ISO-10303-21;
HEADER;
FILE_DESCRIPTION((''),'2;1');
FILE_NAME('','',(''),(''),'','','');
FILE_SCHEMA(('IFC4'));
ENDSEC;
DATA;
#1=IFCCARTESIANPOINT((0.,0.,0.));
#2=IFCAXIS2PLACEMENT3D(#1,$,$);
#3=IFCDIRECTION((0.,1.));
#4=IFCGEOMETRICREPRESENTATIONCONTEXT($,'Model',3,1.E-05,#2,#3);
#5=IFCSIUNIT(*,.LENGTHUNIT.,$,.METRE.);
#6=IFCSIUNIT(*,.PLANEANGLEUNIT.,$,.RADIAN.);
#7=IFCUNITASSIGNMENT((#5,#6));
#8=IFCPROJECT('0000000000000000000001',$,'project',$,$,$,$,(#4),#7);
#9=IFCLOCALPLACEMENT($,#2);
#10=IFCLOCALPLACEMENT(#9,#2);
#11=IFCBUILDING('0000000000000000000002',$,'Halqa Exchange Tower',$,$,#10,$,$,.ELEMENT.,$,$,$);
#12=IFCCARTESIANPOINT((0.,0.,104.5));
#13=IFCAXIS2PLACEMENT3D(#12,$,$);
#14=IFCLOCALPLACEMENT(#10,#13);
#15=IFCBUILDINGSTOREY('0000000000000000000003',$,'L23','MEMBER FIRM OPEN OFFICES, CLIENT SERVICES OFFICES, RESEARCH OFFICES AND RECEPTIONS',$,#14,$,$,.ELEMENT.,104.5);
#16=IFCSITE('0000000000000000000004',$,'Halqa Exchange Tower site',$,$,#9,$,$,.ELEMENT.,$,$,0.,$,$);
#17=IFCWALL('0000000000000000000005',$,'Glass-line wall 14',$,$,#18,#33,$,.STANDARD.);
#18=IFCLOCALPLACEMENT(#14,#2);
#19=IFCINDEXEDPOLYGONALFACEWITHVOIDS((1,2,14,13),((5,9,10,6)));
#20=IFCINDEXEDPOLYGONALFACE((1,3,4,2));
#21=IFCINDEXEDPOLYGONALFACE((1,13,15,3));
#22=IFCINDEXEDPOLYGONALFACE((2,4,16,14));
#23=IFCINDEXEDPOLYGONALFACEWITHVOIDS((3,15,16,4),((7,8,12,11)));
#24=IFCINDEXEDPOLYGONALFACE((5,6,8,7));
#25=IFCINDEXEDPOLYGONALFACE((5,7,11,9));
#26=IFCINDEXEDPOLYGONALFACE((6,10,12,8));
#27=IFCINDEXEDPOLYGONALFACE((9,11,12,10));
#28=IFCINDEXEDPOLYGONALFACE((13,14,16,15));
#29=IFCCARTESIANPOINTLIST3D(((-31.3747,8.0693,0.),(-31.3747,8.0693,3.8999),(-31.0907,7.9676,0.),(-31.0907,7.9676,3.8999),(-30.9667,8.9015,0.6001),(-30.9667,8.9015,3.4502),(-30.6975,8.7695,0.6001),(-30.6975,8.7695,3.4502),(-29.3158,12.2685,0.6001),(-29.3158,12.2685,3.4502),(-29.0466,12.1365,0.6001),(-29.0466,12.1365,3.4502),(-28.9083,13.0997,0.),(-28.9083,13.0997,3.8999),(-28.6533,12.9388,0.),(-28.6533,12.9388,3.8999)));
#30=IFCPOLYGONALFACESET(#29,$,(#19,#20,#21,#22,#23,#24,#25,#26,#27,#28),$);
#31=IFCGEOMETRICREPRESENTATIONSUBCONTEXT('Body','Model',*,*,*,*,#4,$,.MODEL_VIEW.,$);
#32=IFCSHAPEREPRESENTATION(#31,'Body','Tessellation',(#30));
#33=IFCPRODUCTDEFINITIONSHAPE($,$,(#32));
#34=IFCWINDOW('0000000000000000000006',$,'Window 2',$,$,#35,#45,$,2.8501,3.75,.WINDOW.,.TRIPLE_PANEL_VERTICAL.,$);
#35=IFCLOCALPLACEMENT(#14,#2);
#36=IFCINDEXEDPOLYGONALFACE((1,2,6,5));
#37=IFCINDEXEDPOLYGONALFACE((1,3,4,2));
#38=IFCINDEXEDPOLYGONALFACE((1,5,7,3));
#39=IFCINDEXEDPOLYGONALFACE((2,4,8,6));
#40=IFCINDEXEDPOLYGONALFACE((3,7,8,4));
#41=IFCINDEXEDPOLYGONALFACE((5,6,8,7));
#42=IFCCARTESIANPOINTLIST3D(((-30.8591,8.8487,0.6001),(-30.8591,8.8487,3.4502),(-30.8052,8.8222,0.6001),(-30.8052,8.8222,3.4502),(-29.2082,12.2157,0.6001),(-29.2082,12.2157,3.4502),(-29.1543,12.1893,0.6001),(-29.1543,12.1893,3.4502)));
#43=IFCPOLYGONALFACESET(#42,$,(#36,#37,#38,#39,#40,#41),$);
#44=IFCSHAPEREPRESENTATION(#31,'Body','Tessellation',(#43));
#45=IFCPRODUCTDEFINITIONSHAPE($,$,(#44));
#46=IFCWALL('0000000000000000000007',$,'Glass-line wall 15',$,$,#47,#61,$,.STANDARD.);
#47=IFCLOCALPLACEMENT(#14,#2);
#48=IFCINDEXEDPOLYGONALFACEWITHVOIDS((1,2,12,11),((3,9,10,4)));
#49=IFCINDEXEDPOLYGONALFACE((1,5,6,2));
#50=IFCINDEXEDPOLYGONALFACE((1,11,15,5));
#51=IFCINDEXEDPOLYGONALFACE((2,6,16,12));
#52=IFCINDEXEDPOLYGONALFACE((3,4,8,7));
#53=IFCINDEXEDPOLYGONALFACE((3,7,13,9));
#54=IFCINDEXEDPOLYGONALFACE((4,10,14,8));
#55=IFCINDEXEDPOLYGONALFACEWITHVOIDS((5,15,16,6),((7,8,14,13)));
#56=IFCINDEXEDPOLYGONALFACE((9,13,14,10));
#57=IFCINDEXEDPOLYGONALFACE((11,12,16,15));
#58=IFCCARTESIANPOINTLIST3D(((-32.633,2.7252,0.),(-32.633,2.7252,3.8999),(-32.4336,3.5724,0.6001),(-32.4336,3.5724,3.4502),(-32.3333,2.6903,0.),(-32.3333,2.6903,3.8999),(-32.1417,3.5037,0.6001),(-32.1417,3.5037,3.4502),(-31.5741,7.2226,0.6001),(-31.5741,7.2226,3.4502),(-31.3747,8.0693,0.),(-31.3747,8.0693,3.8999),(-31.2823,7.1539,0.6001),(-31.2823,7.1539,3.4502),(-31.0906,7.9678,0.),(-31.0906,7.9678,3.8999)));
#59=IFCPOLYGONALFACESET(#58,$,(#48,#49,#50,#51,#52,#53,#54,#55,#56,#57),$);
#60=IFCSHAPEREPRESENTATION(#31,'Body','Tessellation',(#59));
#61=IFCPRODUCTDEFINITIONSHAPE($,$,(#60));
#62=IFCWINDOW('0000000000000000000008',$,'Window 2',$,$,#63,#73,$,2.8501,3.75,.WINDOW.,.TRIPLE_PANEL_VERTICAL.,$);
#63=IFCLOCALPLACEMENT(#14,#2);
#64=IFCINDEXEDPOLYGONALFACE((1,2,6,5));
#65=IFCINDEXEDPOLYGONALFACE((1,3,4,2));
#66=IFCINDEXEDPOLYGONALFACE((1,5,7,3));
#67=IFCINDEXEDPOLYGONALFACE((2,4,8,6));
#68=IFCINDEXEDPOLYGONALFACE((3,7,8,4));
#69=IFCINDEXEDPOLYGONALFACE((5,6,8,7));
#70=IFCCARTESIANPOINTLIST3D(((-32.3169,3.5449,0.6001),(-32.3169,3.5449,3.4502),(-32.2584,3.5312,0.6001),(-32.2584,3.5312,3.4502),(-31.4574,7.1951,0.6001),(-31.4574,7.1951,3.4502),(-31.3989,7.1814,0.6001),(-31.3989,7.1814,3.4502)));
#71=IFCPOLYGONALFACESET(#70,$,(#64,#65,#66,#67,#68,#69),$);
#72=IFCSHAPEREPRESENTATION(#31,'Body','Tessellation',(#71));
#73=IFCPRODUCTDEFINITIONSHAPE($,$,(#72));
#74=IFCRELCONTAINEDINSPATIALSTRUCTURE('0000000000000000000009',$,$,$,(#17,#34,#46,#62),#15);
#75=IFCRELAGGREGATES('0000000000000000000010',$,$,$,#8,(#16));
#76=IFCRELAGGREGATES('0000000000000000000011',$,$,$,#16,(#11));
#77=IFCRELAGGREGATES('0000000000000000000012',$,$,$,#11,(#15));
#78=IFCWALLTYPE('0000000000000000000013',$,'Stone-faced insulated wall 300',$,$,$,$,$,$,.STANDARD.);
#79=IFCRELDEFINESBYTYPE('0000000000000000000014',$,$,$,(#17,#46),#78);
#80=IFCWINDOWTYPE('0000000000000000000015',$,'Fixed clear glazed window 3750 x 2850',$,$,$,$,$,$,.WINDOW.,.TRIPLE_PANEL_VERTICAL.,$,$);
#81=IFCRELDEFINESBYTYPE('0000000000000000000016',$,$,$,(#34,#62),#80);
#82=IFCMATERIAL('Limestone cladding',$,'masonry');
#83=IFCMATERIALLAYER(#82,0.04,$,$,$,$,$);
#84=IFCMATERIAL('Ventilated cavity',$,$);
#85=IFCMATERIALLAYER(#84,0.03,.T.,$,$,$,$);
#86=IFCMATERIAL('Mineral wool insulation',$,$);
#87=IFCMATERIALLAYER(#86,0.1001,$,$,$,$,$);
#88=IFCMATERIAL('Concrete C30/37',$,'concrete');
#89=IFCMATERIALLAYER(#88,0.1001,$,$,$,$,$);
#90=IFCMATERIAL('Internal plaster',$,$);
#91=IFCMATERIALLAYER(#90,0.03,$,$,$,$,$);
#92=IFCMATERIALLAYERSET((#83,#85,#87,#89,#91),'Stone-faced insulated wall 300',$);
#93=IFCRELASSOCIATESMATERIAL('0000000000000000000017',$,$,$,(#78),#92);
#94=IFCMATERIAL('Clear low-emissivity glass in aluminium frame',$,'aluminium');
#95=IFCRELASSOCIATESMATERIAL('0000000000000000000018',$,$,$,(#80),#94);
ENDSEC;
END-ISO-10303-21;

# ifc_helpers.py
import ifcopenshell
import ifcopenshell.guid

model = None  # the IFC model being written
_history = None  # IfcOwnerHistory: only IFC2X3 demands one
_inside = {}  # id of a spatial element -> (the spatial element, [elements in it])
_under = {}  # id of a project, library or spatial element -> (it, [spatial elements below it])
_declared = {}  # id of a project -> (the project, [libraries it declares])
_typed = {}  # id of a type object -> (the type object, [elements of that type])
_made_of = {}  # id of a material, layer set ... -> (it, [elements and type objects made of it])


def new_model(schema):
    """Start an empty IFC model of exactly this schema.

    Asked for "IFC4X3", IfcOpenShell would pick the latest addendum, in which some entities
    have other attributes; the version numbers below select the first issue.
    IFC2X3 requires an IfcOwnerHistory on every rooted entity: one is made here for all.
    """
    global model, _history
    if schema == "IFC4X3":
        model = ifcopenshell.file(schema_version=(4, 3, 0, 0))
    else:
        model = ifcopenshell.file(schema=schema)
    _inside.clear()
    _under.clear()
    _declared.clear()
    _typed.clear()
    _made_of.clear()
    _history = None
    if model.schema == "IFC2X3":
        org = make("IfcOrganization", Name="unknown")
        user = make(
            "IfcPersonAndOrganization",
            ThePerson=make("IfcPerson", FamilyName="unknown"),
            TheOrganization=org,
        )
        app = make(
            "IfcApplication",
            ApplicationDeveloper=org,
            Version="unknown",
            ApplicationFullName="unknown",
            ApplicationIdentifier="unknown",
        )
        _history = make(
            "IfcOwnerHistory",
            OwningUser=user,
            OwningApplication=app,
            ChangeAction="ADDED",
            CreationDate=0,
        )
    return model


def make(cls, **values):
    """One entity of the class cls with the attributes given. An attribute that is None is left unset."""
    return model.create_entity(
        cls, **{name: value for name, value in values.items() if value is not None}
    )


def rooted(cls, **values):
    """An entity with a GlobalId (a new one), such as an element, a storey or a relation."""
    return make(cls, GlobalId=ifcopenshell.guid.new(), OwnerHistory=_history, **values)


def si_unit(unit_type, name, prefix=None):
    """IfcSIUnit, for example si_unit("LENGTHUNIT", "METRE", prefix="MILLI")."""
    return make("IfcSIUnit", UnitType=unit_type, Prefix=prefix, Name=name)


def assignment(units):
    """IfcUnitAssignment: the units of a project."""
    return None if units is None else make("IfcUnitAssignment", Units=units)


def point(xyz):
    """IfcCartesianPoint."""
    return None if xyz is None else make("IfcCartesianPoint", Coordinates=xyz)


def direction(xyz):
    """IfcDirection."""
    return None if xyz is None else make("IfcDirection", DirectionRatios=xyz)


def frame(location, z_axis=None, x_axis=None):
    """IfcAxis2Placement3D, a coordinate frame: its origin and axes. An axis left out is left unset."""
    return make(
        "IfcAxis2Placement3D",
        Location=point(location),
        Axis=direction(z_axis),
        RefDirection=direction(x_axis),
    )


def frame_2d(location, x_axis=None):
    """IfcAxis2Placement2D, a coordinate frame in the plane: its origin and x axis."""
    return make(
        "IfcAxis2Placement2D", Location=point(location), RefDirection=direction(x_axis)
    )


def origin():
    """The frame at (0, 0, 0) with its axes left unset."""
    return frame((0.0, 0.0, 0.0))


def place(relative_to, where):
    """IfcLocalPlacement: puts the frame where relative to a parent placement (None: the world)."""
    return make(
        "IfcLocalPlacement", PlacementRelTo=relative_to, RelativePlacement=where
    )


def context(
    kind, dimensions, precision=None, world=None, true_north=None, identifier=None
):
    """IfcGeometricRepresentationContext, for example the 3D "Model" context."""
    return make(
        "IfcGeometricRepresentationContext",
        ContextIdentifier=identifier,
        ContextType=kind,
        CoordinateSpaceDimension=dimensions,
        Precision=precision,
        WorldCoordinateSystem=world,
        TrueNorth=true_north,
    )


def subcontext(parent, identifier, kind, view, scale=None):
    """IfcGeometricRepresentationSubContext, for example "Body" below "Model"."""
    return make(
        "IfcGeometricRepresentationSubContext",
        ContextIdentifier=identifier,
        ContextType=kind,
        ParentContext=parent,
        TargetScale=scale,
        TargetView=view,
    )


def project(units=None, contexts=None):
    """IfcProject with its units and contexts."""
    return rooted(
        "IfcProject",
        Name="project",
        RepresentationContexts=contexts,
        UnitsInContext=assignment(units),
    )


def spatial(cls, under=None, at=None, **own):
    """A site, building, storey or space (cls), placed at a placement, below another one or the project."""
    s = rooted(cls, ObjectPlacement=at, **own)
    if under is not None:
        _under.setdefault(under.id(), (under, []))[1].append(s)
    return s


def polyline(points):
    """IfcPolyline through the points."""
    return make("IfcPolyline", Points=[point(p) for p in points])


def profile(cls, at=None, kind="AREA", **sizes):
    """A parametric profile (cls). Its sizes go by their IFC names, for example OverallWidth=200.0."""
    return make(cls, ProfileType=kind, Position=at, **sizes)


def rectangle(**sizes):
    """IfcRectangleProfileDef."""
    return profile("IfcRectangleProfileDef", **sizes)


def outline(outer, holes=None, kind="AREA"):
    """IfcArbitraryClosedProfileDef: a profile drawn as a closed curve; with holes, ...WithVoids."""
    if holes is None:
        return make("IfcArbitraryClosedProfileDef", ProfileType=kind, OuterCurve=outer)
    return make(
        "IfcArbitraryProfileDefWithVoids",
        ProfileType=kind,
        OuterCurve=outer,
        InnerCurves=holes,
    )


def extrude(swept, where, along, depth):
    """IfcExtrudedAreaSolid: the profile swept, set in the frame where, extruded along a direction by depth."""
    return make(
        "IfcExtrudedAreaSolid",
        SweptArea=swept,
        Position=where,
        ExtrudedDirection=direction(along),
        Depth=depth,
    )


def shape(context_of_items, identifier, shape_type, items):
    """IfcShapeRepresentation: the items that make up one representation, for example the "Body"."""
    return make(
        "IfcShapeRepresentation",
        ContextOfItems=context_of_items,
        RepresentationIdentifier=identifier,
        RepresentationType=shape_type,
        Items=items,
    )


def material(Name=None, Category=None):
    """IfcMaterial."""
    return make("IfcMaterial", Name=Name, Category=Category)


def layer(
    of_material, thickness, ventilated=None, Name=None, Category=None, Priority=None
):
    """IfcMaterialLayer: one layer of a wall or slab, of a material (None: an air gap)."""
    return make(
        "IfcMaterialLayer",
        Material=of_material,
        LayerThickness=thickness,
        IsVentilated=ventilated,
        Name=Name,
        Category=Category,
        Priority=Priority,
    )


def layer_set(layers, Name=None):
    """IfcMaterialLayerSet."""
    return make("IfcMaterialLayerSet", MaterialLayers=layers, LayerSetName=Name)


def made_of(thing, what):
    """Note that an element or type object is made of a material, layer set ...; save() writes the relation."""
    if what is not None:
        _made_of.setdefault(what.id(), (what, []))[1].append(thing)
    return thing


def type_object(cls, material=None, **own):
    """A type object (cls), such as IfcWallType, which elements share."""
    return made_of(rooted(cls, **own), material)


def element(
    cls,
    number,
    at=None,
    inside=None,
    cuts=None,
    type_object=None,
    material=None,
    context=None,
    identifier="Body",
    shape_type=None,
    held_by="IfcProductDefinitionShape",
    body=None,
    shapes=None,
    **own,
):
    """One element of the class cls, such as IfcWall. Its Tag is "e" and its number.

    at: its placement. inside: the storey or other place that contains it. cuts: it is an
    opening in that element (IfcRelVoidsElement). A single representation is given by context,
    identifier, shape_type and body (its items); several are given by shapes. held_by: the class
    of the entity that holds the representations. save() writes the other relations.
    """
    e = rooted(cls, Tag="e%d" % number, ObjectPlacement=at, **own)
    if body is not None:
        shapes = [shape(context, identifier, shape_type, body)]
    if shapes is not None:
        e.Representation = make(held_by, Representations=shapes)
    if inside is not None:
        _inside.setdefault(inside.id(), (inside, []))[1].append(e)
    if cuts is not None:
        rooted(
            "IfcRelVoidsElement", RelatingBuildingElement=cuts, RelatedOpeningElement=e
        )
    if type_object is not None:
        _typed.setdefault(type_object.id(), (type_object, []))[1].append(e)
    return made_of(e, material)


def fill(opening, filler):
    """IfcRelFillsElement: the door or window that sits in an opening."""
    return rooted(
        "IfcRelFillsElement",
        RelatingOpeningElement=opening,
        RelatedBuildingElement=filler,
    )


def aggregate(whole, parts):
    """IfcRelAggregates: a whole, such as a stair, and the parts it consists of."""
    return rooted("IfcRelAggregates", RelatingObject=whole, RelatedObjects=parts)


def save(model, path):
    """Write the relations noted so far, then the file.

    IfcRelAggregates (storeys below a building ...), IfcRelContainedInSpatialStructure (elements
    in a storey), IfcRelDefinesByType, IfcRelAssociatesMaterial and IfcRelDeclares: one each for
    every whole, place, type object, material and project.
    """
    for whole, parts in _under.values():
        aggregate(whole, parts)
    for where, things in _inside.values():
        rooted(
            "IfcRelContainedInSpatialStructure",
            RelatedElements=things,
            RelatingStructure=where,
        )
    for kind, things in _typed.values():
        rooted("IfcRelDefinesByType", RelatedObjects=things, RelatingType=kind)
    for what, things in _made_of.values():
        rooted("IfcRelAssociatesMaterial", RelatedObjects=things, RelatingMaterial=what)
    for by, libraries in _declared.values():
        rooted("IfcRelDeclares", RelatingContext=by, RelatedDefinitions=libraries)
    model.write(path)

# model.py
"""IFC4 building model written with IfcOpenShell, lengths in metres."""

from ifc_helpers import new_model, si_unit, direction, frame, frame_2d, origin, place, context, subcontext, project, spatial, polyline, rectangle, outline, extrude, material, layer, layer_set, type_object, element, fill, save


model = new_model("IFC4")

# Units and contexts
model_context = context("Model", 3, precision=1e-05, world=origin(), true_north=direction((0.0, 1.0)))
body_context = subcontext(model_context, "Body", "Model", "MODEL_VIEW")
ifc_project = project(units=[si_unit("LENGTHUNIT", "METRE"), si_unit("PLANEANGLEUNIT", "RADIAN")], contexts=[model_context])

# Site, building, storey
site_placement = place(None, origin())
site = spatial("IfcSite", under=ifc_project, at=site_placement, Name="Halqa Exchange Tower site", CompositionType="ELEMENT", RefElevation=0.0)
building_placement = place(site_placement, origin())
building = spatial("IfcBuilding", under=site, at=building_placement, Name="Halqa Exchange Tower", CompositionType="ELEMENT")
storey_placement = place(building_placement, frame((0.0, 0.0, 104.5)))
storey = spatial("IfcBuildingStorey", under=building, at=storey_placement, Name="L23", Description="MEMBER FIRM OPEN OFFICES, CLIENT SERVICES OFFICES, RESEARCH OFFICES AND RECEPTIONS", CompositionType="ELEMENT", Elevation=104.5)

# Walls, openings, windows
ifc_material_1 = material(Name="Limestone cladding", Category="masonry")
ifc_layer_1 = layer(ifc_material_1, 0.04)
ifc_material_2 = material(Name="Ventilated cavity")
ifc_layer_2 = layer(ifc_material_2, 0.03, ventilated=True)
ifc_material_3 = material(Name="Mineral wool insulation")
ifc_layer_3 = layer(ifc_material_3, 0.1001)
ifc_material_4 = material(Name="Concrete C30/37", Category="concrete")
ifc_layer_4 = layer(ifc_material_4, 0.1001)
ifc_material_5 = material(Name="Internal plaster")
ifc_layer_5 = layer(ifc_material_5, 0.03)
ifc_layer_set_1 = layer_set([ifc_layer_1, ifc_layer_2, ifc_layer_3, ifc_layer_4, ifc_layer_5], Name="Stone-faced insulated wall 300")
wall_type_1 = type_object("IfcWallType", Name="Stone-faced insulated wall 300", PredefinedType="STANDARD", material=ifc_layer_set_1)
wall_1_placement = place(storey_placement, frame((-28.7808, 13.0193, 0.0), z_axis=(0.0, 0.0, 1.0), x_axis=(-0.440239, -0.897881, 0.0)))
wall_1 = element("IfcWall", 1, at=wall_1_placement, inside=storey, type_object=wall_type_1, Name="Glass-line wall 14", PredefinedType="STANDARD", context=body_context, shape_type="SweptSolid", body=[
    extrude(outline(polyline([(-0.0161, -0.1499), (5.5864, -0.1499), (5.5527, 0.1499), (0.0161, 0.1499), (-0.0161, -0.1499)])), origin(), (0.0, 0.0, 1.0), 3.8999),
])
opening_1_placement = place(wall_1_placement, frame((0.9097, 0.0, 0.6001)))
opening_1 = element("IfcOpeningElement", 2, at=opening_1_placement, cuts=wall_1, PredefinedType="OPENING", context=body_context, shape_type="SweptSolid", body=[
    extrude(rectangle(XDim=3.75, YDim=2.8501, at=frame_2d((1.875, 1.425))), frame((0.0, 0.1621, 0.0), z_axis=(0.0, -1.0, 0.0), x_axis=(1.0, 0.0, 0.0)), (0.0, 0.0, 1.0), 0.324),
])
ifc_material_6 = material(Name="Clear low-emissivity glass in aluminium frame", Category="aluminium")
window_type = type_object("IfcWindowType", Name="Fixed clear glazed window 3750 x 2850", PartitioningType="TRIPLE_PANEL_VERTICAL", PredefinedType="WINDOW", material=ifc_material_6)
window_1_placement = place(opening_1_placement, origin())
window_1 = element("IfcWindow", 3, at=window_1_placement, inside=storey, type_object=window_type, Name="Window 2", OverallHeight=2.8501, OverallWidth=3.75, PartitioningType="TRIPLE_PANEL_VERTICAL", PredefinedType="WINDOW", context=body_context, shape_type="SweptSolid", body=[
    extrude(rectangle(XDim=3.75, YDim=2.8501, at=frame_2d((1.875, 1.425))), frame((0.0, 0.03, 0.0), z_axis=(0.0, -1.0, 0.0), x_axis=(1.0, 0.0, 0.0)), (0.0, 0.0, 1.0), 0.0601),
])
fill(opening_1, window_1)
wall_2_placement = place(storey_placement, frame((-31.2327, 8.0186, 0.0), z_axis=(0.0, 0.0, 1.0), x_axis=(-0.229194, -0.973381, 0.0)))
wall_2 = element("IfcWall", 4, at=wall_2_placement, inside=storey, type_object=wall_type_1, Name="Glass-line wall 15", PredefinedType="STANDARD", context=body_context, shape_type="SweptSolid", body=[
    extrude(outline(polyline([(-0.0168, -0.1499), (5.4734, -0.1499), (5.4387, 0.1499), (0.0168, 0.1499), (-0.0168, -0.1499)])), origin(), (0.0, 0.0, 1.0), 3.8999),
])
opening_2_placement = place(wall_2_placement, frame((0.853, 0.0, 0.6001)))
opening_2 = element("IfcOpeningElement", 5, at=opening_2_placement, cuts=wall_2, PredefinedType="OPENING", context=body_context, shape_type="SweptSolid", body=[
    extrude(rectangle(XDim=3.75, YDim=2.8501, at=frame_2d((1.875, 1.425))), frame((0.0, 0.1621, 0.0), z_axis=(0.0, -1.0, 0.0), x_axis=(1.0, 0.0, 0.0)), (0.0, 0.0, 1.0), 0.324),
])
window_2_placement = place(opening_2_placement, origin())
window_2 = element("IfcWindow", 6, at=window_2_placement, inside=storey, type_object=window_type, Name="Window 2", OverallHeight=2.8501, OverallWidth=3.75, PartitioningType="TRIPLE_PANEL_VERTICAL", PredefinedType="WINDOW", context=body_context, shape_type="SweptSolid", body=[
    extrude(rectangle(XDim=3.75, YDim=2.8501, at=frame_2d((1.875, 1.425))), frame((0.0, 0.03, 0.0), z_axis=(0.0, -1.0, 0.0), x_axis=(1.0, 0.0, 0.0)), (0.0, 0.0, 1.0), 0.0601),
])
fill(opening_2, window_2)

save(model, "model.ifc")
